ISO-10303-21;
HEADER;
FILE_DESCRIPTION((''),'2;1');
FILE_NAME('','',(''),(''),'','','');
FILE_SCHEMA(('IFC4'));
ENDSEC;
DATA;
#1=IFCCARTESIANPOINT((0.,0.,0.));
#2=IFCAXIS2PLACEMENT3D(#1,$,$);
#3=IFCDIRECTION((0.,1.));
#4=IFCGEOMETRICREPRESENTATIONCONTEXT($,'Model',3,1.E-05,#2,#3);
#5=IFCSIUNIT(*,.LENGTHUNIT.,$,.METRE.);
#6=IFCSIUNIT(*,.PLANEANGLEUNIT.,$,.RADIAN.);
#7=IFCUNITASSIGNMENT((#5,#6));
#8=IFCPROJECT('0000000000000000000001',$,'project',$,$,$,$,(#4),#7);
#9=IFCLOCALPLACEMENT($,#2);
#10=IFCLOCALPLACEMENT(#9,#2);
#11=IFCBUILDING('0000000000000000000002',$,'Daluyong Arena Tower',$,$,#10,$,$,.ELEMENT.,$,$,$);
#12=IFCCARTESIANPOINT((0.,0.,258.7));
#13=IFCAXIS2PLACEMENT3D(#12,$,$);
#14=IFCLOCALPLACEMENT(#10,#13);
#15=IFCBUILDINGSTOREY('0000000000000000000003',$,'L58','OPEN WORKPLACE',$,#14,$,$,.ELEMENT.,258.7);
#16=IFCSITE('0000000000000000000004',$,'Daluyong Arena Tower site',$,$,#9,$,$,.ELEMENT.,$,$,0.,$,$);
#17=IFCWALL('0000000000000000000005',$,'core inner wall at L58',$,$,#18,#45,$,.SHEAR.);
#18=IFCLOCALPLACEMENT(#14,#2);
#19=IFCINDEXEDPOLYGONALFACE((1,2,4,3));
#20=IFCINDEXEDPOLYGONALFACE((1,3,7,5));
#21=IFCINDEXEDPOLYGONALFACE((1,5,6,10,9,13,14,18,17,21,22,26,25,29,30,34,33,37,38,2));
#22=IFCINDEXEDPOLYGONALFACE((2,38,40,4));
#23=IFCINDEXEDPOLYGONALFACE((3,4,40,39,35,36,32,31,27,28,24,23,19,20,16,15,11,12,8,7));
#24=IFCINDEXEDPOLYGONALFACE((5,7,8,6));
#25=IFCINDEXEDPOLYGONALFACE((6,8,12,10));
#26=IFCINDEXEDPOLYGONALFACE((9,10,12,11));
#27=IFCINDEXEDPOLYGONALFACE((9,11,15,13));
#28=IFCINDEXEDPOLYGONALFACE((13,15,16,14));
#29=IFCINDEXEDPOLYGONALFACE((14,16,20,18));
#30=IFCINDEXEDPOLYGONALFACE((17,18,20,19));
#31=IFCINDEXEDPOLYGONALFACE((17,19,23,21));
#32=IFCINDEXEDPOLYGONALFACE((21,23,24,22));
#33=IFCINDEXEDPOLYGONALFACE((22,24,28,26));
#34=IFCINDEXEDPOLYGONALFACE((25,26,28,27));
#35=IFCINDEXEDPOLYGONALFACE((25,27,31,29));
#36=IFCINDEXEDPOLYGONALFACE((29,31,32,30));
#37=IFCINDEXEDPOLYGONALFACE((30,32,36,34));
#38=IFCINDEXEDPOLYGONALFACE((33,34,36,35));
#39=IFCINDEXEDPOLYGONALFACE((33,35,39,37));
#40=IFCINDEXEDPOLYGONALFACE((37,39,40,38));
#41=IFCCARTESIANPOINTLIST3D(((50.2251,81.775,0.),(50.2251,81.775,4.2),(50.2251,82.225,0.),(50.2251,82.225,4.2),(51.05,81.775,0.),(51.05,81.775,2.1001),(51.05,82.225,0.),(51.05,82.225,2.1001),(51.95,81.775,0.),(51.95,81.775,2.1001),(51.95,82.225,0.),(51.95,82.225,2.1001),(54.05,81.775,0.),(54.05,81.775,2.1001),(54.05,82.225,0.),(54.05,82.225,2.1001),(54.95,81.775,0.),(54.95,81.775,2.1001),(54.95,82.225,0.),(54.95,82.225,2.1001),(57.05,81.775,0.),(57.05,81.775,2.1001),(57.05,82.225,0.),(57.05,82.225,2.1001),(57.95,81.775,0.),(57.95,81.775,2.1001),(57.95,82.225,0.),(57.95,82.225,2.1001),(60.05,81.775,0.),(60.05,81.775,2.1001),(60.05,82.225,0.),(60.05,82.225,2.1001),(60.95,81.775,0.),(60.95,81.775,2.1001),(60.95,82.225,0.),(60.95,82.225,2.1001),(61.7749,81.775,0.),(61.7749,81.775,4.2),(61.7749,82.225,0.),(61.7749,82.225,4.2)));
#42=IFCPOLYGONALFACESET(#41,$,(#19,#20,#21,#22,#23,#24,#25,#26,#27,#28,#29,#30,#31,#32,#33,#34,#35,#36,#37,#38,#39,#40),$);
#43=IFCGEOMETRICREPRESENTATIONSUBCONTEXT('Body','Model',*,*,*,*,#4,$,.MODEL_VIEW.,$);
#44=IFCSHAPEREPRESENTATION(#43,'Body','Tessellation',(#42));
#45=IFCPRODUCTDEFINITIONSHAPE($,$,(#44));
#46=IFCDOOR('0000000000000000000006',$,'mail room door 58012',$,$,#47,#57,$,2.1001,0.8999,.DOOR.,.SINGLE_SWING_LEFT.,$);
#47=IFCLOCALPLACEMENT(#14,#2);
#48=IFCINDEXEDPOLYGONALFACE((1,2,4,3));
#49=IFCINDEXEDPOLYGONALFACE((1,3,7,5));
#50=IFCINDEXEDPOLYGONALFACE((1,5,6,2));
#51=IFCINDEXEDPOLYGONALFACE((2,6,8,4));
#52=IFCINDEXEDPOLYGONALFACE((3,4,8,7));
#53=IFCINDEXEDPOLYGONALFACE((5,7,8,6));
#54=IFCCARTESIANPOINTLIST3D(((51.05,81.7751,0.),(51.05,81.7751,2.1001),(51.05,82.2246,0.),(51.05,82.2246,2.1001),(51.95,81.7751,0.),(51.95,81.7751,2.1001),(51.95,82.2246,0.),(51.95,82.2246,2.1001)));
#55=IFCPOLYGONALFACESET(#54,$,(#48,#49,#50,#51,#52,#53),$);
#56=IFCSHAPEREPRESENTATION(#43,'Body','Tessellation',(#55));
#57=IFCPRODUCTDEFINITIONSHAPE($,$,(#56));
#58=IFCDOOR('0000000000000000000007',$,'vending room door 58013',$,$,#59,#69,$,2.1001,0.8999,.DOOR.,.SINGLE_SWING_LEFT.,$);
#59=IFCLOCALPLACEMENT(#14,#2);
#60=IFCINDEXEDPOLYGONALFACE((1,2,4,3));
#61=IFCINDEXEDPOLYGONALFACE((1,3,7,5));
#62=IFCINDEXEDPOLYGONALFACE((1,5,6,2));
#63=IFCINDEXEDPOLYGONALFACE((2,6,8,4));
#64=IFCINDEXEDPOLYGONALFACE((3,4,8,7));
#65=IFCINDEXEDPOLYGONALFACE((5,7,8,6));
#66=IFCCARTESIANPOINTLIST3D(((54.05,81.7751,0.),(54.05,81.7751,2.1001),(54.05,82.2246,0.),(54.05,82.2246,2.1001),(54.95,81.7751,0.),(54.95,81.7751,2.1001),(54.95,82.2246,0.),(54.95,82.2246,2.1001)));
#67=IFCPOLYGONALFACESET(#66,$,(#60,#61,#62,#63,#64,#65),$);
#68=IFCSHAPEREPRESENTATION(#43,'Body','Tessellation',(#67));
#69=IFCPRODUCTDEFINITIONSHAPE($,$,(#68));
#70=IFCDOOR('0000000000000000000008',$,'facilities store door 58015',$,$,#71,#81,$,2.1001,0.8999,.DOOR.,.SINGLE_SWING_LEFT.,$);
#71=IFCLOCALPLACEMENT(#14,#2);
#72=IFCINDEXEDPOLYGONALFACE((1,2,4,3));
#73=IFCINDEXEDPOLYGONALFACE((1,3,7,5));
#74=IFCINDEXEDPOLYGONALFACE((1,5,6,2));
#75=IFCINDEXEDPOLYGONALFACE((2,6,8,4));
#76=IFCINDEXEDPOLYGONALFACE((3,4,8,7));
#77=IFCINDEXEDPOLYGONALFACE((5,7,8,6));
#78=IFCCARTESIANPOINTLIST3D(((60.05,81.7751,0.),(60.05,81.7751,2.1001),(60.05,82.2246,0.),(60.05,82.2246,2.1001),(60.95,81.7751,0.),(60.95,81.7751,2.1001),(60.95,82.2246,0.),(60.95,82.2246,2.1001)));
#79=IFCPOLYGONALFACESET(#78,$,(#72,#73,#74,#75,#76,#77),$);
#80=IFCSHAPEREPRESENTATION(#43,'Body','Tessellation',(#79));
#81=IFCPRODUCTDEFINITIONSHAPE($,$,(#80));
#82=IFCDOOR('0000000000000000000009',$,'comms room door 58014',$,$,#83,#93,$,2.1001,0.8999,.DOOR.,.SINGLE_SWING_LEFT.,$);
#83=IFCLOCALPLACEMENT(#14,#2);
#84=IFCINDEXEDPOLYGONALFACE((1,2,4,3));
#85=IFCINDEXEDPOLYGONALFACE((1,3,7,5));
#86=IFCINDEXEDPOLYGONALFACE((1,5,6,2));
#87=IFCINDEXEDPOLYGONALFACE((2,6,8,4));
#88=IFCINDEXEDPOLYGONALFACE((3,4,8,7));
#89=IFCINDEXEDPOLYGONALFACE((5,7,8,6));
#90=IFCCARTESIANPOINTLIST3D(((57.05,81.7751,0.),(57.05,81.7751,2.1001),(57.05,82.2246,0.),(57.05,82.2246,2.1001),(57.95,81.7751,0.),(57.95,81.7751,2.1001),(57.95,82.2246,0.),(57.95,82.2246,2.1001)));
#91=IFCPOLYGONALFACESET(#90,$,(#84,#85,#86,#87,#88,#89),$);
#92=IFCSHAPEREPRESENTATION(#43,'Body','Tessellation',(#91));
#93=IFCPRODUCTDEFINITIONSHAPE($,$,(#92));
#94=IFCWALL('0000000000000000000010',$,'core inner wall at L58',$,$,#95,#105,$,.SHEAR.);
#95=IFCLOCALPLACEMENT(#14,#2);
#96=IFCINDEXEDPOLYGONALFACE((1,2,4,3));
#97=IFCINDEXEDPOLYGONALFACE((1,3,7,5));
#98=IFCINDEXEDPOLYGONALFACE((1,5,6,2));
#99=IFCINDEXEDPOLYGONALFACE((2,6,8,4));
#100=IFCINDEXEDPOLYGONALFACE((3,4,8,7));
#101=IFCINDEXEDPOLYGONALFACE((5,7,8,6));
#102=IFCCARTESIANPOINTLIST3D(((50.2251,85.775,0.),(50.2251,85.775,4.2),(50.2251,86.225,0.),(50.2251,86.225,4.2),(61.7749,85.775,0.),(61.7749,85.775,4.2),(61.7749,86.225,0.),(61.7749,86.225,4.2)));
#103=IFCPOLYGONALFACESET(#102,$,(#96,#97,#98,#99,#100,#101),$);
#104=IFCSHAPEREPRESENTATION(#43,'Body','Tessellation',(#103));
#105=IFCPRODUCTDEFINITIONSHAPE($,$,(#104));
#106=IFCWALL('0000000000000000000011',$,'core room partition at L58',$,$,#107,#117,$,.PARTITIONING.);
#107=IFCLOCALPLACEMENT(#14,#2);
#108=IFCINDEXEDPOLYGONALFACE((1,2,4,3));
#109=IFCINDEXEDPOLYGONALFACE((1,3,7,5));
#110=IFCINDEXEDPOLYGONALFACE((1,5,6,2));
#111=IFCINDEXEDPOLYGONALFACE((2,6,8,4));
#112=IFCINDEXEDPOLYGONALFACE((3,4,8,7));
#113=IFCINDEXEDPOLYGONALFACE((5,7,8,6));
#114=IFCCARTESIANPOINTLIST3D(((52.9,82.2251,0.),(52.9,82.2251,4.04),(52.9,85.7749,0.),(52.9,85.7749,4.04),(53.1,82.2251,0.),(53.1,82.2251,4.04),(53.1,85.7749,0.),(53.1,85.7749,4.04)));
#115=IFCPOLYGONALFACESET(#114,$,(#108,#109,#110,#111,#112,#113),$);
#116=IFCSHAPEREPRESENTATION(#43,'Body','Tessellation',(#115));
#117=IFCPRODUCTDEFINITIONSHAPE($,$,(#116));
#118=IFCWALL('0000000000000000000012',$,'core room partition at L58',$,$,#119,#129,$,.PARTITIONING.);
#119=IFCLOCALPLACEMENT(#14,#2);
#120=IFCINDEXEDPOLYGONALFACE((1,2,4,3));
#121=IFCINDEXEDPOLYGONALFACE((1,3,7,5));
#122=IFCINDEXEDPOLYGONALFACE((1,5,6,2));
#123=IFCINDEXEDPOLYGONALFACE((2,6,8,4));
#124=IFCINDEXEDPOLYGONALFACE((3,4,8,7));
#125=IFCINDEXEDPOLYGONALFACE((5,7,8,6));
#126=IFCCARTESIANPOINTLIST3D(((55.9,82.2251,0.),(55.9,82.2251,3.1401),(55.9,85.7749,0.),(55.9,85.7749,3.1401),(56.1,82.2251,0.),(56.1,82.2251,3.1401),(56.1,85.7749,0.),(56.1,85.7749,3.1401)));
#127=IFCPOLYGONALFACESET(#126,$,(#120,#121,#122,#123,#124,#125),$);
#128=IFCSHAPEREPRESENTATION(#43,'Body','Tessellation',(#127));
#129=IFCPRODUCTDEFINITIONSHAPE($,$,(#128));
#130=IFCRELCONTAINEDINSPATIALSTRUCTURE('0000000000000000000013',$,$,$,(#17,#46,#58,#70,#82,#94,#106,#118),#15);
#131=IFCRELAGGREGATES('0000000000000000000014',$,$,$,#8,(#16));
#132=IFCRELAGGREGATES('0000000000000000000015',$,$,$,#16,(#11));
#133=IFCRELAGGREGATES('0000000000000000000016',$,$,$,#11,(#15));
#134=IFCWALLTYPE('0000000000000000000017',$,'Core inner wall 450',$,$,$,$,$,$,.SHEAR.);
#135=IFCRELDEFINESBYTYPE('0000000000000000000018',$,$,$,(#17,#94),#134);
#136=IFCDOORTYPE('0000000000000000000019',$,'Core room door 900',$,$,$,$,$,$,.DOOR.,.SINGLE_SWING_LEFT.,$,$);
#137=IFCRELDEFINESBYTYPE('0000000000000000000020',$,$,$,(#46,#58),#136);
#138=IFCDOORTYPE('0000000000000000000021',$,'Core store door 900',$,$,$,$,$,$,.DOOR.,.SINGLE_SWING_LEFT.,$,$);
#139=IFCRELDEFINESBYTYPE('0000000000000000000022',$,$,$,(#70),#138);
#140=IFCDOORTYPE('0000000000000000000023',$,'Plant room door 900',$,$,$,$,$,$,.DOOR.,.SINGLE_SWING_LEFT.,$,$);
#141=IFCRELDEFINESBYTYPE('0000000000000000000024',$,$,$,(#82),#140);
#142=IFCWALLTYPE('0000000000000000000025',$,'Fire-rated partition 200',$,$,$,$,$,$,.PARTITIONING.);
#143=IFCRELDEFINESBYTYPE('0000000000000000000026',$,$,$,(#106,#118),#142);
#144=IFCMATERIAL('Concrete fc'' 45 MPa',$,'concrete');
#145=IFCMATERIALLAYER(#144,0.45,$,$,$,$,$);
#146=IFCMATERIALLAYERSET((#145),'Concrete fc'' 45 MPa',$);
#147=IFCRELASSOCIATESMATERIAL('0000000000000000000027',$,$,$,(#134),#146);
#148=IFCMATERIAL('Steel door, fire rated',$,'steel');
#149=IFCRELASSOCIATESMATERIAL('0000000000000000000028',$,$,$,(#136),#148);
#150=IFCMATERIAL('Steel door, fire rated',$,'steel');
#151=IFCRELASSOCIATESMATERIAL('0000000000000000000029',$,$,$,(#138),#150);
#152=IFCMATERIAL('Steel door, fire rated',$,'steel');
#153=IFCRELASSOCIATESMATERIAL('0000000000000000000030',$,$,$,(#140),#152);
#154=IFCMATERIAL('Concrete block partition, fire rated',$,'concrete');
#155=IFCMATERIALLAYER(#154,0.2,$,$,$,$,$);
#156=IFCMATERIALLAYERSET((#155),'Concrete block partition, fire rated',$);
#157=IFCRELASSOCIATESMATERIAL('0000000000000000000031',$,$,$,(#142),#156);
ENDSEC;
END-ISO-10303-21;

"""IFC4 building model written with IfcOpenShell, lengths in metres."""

from ifc_helpers import new_model, si_unit, direction, frame, frame_2d, origin, place, context, subcontext, project, spatial, rectangle, extrude, material, layer, layer_set, type_object, element, fill, save


model = new_model("IFC4")

# Units and contexts
model_context = context("Model", 3, precision=1e-05, world=origin(), true_north=direction((0.0, 1.0)))
body_context = subcontext(model_context, "Body", "Model", "MODEL_VIEW")
ifc_project = project(units=[si_unit("LENGTHUNIT", "METRE"), si_unit("PLANEANGLEUNIT", "RADIAN")], contexts=[model_context])

# Site, building, storey
site_placement = place(None, origin())
site = spatial("IfcSite", under=ifc_project, at=site_placement, Name="Daluyong Arena Tower site", CompositionType="ELEMENT", RefElevation=0.0)
building_placement = place(site_placement, origin())
building = spatial("IfcBuilding", under=site, at=building_placement, Name="Daluyong Arena Tower", CompositionType="ELEMENT")
storey_placement = place(building_placement, frame((0.0, 0.0, 258.7)))
storey = spatial("IfcBuildingStorey", under=building, at=storey_placement, Name="L58", Description="OPEN WORKPLACE", CompositionType="ELEMENT", Elevation=258.7)

# Wall, openings, doors
ifc_material_1 = material(Name="Concrete fc' 45 MPa", Category="concrete")
ifc_layer_1 = layer(ifc_material_1, 0.45)
ifc_layer_set_1 = layer_set([ifc_layer_1], Name="Concrete fc' 45 MPa")
wall_type_1 = type_object("IfcWallType", Name="Core inner wall 450", PredefinedType="SHEAR", material=ifc_layer_set_1)
ifc_material_2 = material(Name="Steel door, fire rated", Category="steel")
door_type_1 = type_object("IfcDoorType", Name="Core room door 900", OperationType="SINGLE_SWING_LEFT", PredefinedType="DOOR", material=ifc_material_2)
ifc_material_3 = material(Name="Steel door, fire rated", Category="steel")
door_type_2 = type_object("IfcDoorType", Name="Core store door 900", OperationType="SINGLE_SWING_LEFT", PredefinedType="DOOR", material=ifc_material_3)
wall_1_placement = place(storey_placement, frame((50.2251, 82.0, 0.0), z_axis=(0.0, 0.0, 1.0), x_axis=(1.0, 0.0, 0.0)))
wall_1 = element("IfcWall", 1, at=wall_1_placement, inside=storey, type_object=wall_type_1, Name="core inner wall at L58", PredefinedType="SHEAR", context=body_context, shape_type="SweptSolid", body=[
    extrude(rectangle(XDim=11.5498, YDim=0.45, at=frame_2d((5.7749, 0.0))), origin(), (0.0, 0.0, 1.0), 4.2),
])
opening_1_placement = place(wall_1_placement, frame((0.825, 0.0, 0.0)))
opening_1 = element("IfcOpeningElement", 2, at=opening_1_placement, cuts=wall_1, PredefinedType="OPENING", context=body_context, shape_type="SweptSolid", body=[
    extrude(rectangle(XDim=0.8999, YDim=2.1001, at=frame_2d((0.45, 1.05))), frame((0.0, 0.2349, 0.0), z_axis=(0.0, -1.0, 0.0), x_axis=(1.0, 0.0, 0.0)), (0.0, 0.0, 1.0), 0.47),
])
opening_2_placement = place(wall_1_placement, frame((3.825, 0.0, 0.0)))
opening_2 = element("IfcOpeningElement", 3, at=opening_2_placement, cuts=wall_1, PredefinedType="OPENING", context=body_context, shape_type="SweptSolid", body=[
    extrude(rectangle(XDim=0.8999, YDim=2.1001, at=frame_2d((0.45, 1.05))), frame((0.0, 0.2349, 0.0), z_axis=(0.0, -1.0, 0.0), x_axis=(1.0, 0.0, 0.0)), (0.0, 0.0, 1.0), 0.47),
])
opening_3_placement = place(wall_1_placement, frame((6.825, 0.0, 0.0)))
opening_3 = element("IfcOpeningElement", 4, at=opening_3_placement, cuts=wall_1, PredefinedType="OPENING", context=body_context, shape_type="SweptSolid", body=[
    extrude(rectangle(XDim=0.8999, YDim=2.1001, at=frame_2d((0.45, 1.05))), frame((0.0, 0.2349, 0.0), z_axis=(0.0, -1.0, 0.0), x_axis=(1.0, 0.0, 0.0)), (0.0, 0.0, 1.0), 0.47),
])
opening_4_placement = place(wall_1_placement, frame((9.825, 0.0, 0.0)))
opening_4 = element("IfcOpeningElement", 5, at=opening_4_placement, cuts=wall_1, PredefinedType="OPENING", context=body_context, shape_type="SweptSolid", body=[
    extrude(rectangle(XDim=0.8999, YDim=2.1001, at=frame_2d((0.45, 1.05))), frame((0.0, 0.2349, 0.0), z_axis=(0.0, -1.0, 0.0), x_axis=(1.0, 0.0, 0.0)), (0.0, 0.0, 1.0), 0.47),
])
door_1_placement = place(opening_1_placement, origin())
door_1 = element("IfcDoor", 6, at=door_1_placement, inside=storey, type_object=door_type_1, Name="mail room door 58012", OperationType="SINGLE_SWING_LEFT", OverallHeight=2.1001, OverallWidth=0.8999, PredefinedType="DOOR", context=body_context, shape_type="SweptSolid", body=[
    extrude(rectangle(XDim=0.8999, YDim=2.1001, at=frame_2d((0.45, 1.05))), frame((0.0, 0.2246, 0.0), z_axis=(0.0, -1.0, 0.0), x_axis=(1.0, 0.0, 0.0)), (0.0, 0.0, 1.0), 0.4495),
])
fill(opening_1, door_1)
door_2_placement = place(opening_2_placement, origin())
door_2 = element("IfcDoor", 7, at=door_2_placement, inside=storey, type_object=door_type_1, Name="vending room door 58013", OperationType="SINGLE_SWING_LEFT", OverallHeight=2.1001, OverallWidth=0.8999, PredefinedType="DOOR", context=body_context, shape_type="SweptSolid", body=[
    extrude(rectangle(XDim=0.8999, YDim=2.1001, at=frame_2d((0.45, 1.05))), frame((0.0, 0.2246, 0.0), z_axis=(0.0, -1.0, 0.0), x_axis=(1.0, 0.0, 0.0)), (0.0, 0.0, 1.0), 0.4495),
])
fill(opening_2, door_2)
door_3_placement = place(opening_4_placement, origin())
door_3 = element("IfcDoor", 8, at=door_3_placement, inside=storey, type_object=door_type_2, Name="facilities store door 58015", OperationType="SINGLE_SWING_LEFT", OverallHeight=2.1001, OverallWidth=0.8999, PredefinedType="DOOR", context=body_context, shape_type="SweptSolid", body=[
    extrude(rectangle(XDim=0.8999, YDim=2.1001, at=frame_2d((0.45, 1.05))), frame((0.0, 0.2246, 0.0), z_axis=(0.0, -1.0, 0.0), x_axis=(1.0, 0.0, 0.0)), (0.0, 0.0, 1.0), 0.4495),
])
fill(opening_4, door_3)
ifc_material_4 = material(Name="Steel door, fire rated", Category="steel")
door_type_3 = type_object("IfcDoorType", Name="Plant room door 900", OperationType="SINGLE_SWING_LEFT", PredefinedType="DOOR", material=ifc_material_4)
door_4_placement = place(opening_3_placement, origin())
door_4 = element("IfcDoor", 9, at=door_4_placement, inside=storey, type_object=door_type_3, Name="comms room door 58014", OperationType="SINGLE_SWING_LEFT", OverallHeight=2.1001, OverallWidth=0.8999, PredefinedType="DOOR", context=body_context, shape_type="SweptSolid", body=[
    extrude(rectangle(XDim=0.8999, YDim=2.1001, at=frame_2d((0.45, 1.05))), frame((0.0, 0.2246, 0.0), z_axis=(0.0, -1.0, 0.0), x_axis=(1.0, 0.0, 0.0)), (0.0, 0.0, 1.0), 0.4495),
])
fill(opening_3, door_4)

# Walls
wall_2_placement = place(storey_placement, frame((50.2251, 86.0, 0.0), z_axis=(0.0, 0.0, 1.0), x_axis=(1.0, 0.0, 0.0)))
element("IfcWall", 10, at=wall_2_placement, inside=storey, type_object=wall_type_1, Name="core inner wall at L58", PredefinedType="SHEAR", context=body_context, shape_type="SweptSolid", body=[
    extrude(rectangle(XDim=11.5498, YDim=0.45, at=frame_2d((5.7749, 0.0))), origin(), (0.0, 0.0, 1.0), 4.2),
])
ifc_material_5 = material(Name="Concrete block partition, fire rated", Category="concrete")
ifc_layer_2 = layer(ifc_material_5, 0.2)
ifc_layer_set_2 = layer_set([ifc_layer_2], Name="Concrete block partition, fire rated")
wall_type_2 = type_object("IfcWallType", Name="Fire-rated partition 200", PredefinedType="PARTITIONING", material=ifc_layer_set_2)
wall_3_placement = place(storey_placement, frame((53.0, 82.2251, 0.0), z_axis=(0.0, 0.0, 1.0), x_axis=(0.0, 1.0, 0.0)))
element("IfcWall", 11, at=wall_3_placement, inside=storey, type_object=wall_type_2, Name="core room partition at L58", PredefinedType="PARTITIONING", context=body_context, shape_type="SweptSolid", body=[
    extrude(rectangle(XDim=3.5498, YDim=0.2, at=frame_2d((1.7749, 0.0))), origin(), (0.0, 0.0, 1.0), 4.04),
])
wall_4_placement = place(storey_placement, frame((56.0, 82.2251, 0.0), z_axis=(0.0, 0.0, 1.0), x_axis=(0.0, 1.0, 0.0)))
element("IfcWall", 12, at=wall_4_placement, inside=storey, type_object=wall_type_2, Name="core room partition at L58", PredefinedType="PARTITIONING", context=body_context, shape_type="SweptSolid", body=[
    extrude(rectangle(XDim=3.5498, YDim=0.2, at=frame_2d((1.7749, 0.0))), origin(), (0.0, 0.0, 1.0), 3.1401),
])

save(model, "model.ifc")
